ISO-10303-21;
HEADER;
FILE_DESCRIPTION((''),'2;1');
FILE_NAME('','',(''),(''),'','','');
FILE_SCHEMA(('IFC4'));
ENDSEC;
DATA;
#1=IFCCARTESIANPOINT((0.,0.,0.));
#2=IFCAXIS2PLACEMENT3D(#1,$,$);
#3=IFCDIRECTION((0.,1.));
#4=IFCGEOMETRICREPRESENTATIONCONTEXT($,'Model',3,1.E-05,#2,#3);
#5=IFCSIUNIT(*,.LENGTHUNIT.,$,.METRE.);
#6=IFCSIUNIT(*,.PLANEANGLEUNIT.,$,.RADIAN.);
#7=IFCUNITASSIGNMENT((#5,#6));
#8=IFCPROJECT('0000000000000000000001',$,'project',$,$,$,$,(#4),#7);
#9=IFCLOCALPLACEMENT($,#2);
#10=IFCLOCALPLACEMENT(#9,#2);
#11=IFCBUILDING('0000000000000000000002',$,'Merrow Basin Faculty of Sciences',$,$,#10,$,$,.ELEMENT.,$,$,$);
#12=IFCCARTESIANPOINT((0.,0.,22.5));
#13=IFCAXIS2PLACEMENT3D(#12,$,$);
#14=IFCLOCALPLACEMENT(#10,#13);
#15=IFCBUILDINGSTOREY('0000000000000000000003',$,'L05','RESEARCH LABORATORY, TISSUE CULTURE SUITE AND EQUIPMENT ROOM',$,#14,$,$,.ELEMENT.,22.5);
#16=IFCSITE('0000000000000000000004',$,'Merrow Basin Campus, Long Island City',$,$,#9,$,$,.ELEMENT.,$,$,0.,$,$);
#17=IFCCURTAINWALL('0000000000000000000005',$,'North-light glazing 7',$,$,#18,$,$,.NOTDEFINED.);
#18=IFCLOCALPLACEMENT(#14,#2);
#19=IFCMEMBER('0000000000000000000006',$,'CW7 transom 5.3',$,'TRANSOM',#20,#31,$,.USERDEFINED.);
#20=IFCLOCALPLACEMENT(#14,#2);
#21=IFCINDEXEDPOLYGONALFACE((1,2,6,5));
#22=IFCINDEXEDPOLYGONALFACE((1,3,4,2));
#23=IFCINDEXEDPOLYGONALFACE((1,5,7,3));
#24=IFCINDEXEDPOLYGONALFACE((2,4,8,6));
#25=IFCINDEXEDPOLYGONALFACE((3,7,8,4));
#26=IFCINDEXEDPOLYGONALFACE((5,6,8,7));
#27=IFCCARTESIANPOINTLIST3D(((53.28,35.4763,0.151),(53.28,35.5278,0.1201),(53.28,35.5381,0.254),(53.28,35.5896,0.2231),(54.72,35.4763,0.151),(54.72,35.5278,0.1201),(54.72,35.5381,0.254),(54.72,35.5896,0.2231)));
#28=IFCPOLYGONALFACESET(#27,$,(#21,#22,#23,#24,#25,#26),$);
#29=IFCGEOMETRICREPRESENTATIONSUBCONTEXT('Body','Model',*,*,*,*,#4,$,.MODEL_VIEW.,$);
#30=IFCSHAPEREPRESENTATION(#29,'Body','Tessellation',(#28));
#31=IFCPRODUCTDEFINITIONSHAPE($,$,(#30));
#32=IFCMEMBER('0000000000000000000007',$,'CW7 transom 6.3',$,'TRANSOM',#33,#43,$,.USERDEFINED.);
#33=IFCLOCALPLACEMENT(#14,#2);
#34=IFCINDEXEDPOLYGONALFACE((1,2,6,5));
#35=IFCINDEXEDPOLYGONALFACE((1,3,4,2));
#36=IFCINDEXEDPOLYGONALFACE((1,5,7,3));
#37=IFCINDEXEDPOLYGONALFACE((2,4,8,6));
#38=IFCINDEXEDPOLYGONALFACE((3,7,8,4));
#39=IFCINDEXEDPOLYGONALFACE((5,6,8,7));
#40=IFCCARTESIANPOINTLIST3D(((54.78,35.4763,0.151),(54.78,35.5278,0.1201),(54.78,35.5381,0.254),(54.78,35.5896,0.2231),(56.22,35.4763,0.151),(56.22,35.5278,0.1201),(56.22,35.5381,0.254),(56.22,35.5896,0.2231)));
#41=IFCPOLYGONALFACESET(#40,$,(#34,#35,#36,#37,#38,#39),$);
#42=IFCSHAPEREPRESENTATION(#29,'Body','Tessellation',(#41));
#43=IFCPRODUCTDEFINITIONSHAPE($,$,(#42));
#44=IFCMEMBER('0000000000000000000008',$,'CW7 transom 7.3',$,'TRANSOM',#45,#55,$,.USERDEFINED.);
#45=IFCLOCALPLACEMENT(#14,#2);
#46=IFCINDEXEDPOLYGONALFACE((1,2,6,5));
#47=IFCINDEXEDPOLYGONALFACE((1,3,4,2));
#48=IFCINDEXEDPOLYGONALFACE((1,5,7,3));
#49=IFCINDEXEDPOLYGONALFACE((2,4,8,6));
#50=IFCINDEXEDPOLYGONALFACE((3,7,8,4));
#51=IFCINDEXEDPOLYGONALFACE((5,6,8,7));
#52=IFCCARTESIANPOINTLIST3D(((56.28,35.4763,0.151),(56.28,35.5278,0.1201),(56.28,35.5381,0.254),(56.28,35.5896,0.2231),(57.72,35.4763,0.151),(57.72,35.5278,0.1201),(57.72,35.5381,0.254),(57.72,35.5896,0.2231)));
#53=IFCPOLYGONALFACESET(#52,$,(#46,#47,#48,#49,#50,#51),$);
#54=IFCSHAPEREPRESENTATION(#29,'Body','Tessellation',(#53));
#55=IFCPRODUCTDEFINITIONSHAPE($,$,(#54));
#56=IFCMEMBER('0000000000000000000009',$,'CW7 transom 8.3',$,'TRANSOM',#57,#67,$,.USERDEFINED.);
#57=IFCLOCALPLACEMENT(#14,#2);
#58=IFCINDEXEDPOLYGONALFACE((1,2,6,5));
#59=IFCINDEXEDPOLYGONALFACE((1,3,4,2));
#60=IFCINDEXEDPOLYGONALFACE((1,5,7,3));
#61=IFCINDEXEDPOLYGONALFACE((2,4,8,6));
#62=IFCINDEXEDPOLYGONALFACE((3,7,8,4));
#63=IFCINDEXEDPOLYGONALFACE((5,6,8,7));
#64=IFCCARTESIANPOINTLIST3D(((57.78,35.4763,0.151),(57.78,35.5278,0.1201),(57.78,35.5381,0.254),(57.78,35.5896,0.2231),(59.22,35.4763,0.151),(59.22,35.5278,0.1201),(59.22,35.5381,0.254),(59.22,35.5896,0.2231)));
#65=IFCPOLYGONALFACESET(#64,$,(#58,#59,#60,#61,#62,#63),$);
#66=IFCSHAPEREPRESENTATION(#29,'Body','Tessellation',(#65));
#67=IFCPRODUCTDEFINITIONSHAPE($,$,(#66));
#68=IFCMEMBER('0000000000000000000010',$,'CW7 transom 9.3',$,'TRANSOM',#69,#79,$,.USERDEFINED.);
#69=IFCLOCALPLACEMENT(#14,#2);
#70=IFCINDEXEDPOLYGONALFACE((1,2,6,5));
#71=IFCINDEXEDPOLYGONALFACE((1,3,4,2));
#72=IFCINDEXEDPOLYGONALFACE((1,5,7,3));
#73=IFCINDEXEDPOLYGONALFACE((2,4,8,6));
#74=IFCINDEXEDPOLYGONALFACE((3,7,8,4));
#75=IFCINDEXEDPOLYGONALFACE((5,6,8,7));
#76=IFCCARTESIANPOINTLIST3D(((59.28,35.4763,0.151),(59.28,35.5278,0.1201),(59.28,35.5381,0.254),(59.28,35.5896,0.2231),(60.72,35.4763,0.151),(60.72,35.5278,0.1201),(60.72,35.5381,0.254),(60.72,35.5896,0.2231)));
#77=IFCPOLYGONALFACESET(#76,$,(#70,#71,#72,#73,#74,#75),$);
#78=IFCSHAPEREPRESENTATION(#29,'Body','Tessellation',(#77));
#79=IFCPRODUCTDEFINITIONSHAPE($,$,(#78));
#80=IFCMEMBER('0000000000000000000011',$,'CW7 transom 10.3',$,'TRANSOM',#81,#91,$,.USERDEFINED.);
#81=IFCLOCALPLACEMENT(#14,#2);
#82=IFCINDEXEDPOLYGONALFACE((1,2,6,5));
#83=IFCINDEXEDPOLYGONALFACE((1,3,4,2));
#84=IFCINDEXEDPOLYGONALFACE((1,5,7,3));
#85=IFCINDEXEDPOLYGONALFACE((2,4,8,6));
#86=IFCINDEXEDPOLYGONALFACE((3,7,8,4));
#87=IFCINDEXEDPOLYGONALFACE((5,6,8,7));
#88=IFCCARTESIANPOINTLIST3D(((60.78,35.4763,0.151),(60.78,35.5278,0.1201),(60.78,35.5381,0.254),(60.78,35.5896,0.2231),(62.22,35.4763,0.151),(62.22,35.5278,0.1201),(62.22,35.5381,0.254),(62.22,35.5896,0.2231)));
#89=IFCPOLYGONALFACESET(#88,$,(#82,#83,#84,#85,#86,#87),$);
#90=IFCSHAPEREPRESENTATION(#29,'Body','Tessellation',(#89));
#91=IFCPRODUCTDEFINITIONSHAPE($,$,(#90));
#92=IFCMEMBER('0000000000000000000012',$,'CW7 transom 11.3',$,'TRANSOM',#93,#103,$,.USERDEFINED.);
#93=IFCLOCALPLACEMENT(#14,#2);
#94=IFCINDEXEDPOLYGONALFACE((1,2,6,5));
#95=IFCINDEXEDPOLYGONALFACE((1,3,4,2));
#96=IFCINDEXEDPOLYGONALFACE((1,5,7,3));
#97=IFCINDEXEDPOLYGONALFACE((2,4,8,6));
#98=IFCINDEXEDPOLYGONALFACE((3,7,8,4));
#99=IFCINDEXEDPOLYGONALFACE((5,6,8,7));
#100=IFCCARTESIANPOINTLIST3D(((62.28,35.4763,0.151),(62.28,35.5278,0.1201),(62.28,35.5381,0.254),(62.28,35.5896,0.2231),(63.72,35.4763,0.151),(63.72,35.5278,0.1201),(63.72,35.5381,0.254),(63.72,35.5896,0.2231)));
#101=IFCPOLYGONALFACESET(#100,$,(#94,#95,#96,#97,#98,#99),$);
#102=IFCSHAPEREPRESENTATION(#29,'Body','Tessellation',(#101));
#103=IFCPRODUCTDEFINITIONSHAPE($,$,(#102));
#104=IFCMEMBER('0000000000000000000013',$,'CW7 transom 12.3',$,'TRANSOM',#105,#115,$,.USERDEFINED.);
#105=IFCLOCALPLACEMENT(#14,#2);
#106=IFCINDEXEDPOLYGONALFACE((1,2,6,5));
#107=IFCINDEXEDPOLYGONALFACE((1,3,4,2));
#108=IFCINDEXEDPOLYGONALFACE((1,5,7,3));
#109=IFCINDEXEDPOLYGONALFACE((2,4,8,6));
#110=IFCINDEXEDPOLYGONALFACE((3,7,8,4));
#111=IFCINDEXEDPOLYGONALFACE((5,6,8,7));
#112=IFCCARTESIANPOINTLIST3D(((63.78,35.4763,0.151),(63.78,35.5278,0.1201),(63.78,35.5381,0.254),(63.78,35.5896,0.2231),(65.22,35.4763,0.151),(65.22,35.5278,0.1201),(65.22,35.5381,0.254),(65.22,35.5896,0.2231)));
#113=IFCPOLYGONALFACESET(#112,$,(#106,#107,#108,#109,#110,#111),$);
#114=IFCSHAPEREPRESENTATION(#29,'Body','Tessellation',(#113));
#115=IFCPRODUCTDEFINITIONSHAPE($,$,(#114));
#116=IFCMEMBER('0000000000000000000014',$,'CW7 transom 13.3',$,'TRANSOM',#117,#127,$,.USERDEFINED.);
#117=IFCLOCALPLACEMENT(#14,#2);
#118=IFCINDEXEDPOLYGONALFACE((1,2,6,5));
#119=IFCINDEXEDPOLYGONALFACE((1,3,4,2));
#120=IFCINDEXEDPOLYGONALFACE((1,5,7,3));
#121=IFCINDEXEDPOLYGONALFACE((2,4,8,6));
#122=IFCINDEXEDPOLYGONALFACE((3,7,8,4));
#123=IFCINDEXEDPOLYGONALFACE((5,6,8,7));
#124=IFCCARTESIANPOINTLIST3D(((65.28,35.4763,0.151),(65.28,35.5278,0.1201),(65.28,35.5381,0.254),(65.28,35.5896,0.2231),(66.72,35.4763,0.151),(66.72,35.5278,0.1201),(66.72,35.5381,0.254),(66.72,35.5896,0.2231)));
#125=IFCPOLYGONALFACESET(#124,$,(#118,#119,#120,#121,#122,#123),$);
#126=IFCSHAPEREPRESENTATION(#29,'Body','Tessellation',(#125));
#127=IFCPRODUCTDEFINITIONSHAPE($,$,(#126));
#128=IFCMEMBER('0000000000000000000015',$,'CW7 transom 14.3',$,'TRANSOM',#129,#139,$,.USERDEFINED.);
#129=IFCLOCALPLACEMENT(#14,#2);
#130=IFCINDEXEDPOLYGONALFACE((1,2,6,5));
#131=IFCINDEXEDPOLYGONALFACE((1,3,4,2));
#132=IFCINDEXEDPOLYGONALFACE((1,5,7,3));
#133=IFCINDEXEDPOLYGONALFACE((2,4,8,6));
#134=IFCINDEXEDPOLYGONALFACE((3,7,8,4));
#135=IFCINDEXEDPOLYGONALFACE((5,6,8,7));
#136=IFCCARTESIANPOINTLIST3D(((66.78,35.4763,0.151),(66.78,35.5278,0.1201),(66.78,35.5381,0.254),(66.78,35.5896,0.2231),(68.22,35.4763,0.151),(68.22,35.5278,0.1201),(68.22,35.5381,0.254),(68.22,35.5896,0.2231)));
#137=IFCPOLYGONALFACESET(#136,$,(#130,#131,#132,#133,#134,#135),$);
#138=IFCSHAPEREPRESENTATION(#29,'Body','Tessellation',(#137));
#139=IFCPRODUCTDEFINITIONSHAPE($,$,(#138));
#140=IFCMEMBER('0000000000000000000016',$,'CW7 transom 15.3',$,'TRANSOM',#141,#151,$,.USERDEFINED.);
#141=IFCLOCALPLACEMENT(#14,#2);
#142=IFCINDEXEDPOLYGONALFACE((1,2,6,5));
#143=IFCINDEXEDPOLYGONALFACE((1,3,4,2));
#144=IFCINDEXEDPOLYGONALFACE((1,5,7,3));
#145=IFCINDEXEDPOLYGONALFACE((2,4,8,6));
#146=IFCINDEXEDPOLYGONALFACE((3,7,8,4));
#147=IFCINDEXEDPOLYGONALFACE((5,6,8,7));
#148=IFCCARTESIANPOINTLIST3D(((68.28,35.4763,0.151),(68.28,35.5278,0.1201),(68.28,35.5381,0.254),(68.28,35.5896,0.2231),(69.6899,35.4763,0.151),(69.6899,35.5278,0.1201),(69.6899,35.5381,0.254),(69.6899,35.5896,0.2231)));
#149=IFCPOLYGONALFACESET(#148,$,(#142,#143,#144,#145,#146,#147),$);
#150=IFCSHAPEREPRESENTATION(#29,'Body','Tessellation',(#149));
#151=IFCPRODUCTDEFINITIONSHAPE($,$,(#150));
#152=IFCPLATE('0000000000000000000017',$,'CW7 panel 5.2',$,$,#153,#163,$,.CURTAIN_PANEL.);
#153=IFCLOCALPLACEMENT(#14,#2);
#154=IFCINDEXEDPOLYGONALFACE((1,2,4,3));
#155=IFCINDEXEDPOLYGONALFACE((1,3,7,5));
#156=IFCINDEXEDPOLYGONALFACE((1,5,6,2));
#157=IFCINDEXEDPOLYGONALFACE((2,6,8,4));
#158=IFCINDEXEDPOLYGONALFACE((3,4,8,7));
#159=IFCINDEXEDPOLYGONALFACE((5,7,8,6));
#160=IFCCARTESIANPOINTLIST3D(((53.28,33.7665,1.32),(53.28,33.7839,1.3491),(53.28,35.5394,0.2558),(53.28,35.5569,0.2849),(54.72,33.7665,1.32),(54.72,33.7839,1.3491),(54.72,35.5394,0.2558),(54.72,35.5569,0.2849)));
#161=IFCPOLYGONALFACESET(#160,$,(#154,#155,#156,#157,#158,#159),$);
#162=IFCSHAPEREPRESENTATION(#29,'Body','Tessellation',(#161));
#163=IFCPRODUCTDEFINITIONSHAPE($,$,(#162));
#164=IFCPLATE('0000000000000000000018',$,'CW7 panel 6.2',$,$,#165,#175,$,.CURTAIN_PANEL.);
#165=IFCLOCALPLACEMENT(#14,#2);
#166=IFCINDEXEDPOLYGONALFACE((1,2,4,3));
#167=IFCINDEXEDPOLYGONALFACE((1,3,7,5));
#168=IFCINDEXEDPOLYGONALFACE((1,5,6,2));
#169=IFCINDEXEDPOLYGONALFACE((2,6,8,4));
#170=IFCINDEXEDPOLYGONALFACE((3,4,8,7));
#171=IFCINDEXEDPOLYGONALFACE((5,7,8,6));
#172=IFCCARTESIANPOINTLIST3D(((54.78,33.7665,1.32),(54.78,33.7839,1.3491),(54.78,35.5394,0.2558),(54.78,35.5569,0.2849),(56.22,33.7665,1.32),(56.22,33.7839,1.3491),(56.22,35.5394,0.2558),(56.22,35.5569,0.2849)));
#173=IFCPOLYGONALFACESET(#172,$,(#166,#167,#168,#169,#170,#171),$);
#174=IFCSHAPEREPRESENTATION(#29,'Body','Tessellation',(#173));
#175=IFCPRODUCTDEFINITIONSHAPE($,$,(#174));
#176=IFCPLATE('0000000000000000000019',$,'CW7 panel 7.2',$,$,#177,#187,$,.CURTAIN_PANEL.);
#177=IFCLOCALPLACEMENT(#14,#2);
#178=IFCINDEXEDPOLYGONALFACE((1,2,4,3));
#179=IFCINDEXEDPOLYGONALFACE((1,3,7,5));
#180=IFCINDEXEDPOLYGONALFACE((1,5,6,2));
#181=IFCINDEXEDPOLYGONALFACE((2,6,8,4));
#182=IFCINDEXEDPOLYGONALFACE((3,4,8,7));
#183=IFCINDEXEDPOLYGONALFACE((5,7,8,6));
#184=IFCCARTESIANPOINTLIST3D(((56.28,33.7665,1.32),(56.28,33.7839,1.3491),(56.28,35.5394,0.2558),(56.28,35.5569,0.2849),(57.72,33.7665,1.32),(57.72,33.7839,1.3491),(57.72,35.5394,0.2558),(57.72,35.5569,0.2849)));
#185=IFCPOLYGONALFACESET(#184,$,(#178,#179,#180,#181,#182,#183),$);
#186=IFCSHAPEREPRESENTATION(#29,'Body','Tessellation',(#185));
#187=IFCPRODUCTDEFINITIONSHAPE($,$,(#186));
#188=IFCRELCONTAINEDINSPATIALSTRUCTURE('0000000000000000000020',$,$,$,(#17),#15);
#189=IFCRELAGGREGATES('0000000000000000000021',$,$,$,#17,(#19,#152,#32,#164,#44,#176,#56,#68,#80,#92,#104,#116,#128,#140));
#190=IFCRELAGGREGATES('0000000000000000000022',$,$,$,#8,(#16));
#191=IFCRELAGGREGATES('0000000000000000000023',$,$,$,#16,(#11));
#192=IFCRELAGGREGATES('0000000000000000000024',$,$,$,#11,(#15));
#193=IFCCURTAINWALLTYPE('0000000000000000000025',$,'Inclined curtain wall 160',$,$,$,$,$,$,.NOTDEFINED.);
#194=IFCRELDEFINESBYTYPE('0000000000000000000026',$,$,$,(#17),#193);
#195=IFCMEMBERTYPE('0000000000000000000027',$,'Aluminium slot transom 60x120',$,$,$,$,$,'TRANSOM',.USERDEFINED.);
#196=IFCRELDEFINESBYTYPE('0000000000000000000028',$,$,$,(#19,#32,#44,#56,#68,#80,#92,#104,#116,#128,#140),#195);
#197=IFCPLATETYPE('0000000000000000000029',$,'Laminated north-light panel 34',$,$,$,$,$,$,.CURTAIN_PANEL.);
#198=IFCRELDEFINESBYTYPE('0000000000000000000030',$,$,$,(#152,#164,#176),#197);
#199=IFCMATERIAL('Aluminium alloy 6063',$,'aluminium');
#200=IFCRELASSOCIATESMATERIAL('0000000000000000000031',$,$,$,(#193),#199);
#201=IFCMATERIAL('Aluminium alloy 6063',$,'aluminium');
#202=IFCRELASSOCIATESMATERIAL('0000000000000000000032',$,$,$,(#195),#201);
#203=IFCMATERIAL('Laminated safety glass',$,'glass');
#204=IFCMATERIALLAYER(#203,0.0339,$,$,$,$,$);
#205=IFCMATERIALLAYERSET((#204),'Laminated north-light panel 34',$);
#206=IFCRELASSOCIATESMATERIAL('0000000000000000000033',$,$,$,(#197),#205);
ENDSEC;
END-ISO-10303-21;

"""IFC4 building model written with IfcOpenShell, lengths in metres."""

from ifc_helpers import new_model, si_unit, direction, frame, origin, origin_2d, place, context, subcontext, project, spatial, polyline, rectangle, outline, extrude, material, layer, layer_set, material_profile, profile_set, type_object, element, aggregate, save


model = new_model("IFC4")

# Units and contexts
model_context = context("Model", 3, precision=1e-05, world=origin(), true_north=direction((0.0, 1.0)))
body_context = subcontext(model_context, "Body", "Model", "MODEL_VIEW")
ifc_project = project(units=[si_unit("LENGTHUNIT", "METRE"), si_unit("PLANEANGLEUNIT", "RADIAN")], contexts=[model_context])

# Site, building, storey
site_placement = place(None, origin())
site = spatial("IfcSite", under=ifc_project, at=site_placement, Name="Merrow Basin Campus, Long Island City", CompositionType="ELEMENT", RefElevation=0.0)
building_placement = place(site_placement, origin())
building = spatial("IfcBuilding", under=site, at=building_placement, Name="Merrow Basin Faculty of Sciences", CompositionType="ELEMENT")
storey_placement = place(building_placement, frame((0.0, 0.0, 22.5)))
storey = spatial("IfcBuildingStorey", under=building, at=storey_placement, Name="L05", Description="RESEARCH LABORATORY, TISSUE CULTURE SUITE AND EQUIPMENT ROOM", CompositionType="ELEMENT", Elevation=22.5)

# Curtain wall, members, plates
ifc_material_1 = material(Name="Aluminium alloy 6063", Category="aluminium")
curtain_wall_type = type_object("IfcCurtainWallType", Name="Inclined curtain wall 160", PredefinedType="NOTDEFINED", material=ifc_material_1)
curtain_wall_placement = place(storey_placement, origin())
curtain_wall = element("IfcCurtainWall", 1, at=curtain_wall_placement, inside=storey, type_object=curtain_wall_type, Name="North-light glazing 7", PredefinedType="NOTDEFINED")
ifc_material_2 = material(Name="Aluminium alloy 6063", Category="aluminium")
ifc_material_profile = material_profile(ifc_material_2, rectangle(XDim=0.0601, YDim=0.1201, at=origin_2d()))
ifc_profile_set = profile_set([ifc_material_profile], Name="Aluminium alloy 6063")
member_type = type_object("IfcMemberType", Name="Aluminium slot transom 60x120", ElementType="TRANSOM", PredefinedType="USERDEFINED", material=ifc_profile_set)
member_1_placement = place(storey_placement, frame((53.28, 35.533, 0.187), z_axis=(1.0, 0.0, 0.0), x_axis=(0.0, 0.857493, -0.514496)))
member_1 = element("IfcMember", 2, at=member_1_placement, type_object=member_type, Name="CW7 transom 5.3", ObjectType="TRANSOM", PredefinedType="USERDEFINED", context=body_context, shape_type="SweptSolid", body=[
    extrude(rectangle(XDim=0.0601, YDim=0.1201, at=origin_2d()), origin(), (0.0, 0.0, 1.0), 1.4399),
])
member_2_placement = place(storey_placement, frame((54.78, 35.533, 0.187), z_axis=(1.0, 0.0, 0.0), x_axis=(0.0, 0.857493, -0.514496)))
member_2 = element("IfcMember", 3, at=member_2_placement, type_object=member_type, Name="CW7 transom 6.3", ObjectType="TRANSOM", PredefinedType="USERDEFINED", context=body_context, shape_type="SweptSolid", body=[
    extrude(rectangle(XDim=0.0601, YDim=0.1201, at=origin_2d()), origin(), (0.0, 0.0, 1.0), 1.4399),
])
member_3_placement = place(storey_placement, frame((56.28, 35.533, 0.187), z_axis=(1.0, 0.0, 0.0), x_axis=(0.0, 0.857493, -0.514496)))
member_3 = element("IfcMember", 4, at=member_3_placement, type_object=member_type, Name="CW7 transom 7.3", ObjectType="TRANSOM", PredefinedType="USERDEFINED", context=body_context, shape_type="SweptSolid", body=[
    extrude(rectangle(XDim=0.0601, YDim=0.1201, at=origin_2d()), origin(), (0.0, 0.0, 1.0), 1.4399),
])
member_4_placement = place(storey_placement, frame((57.78, 35.533, 0.187), z_axis=(1.0, 0.0, 0.0), x_axis=(0.0, 0.857493, -0.514496)))
member_4 = element("IfcMember", 5, at=member_4_placement, type_object=member_type, Name="CW7 transom 8.3", ObjectType="TRANSOM", PredefinedType="USERDEFINED", context=body_context, shape_type="SweptSolid", body=[
    extrude(rectangle(XDim=0.0601, YDim=0.1201, at=origin_2d()), origin(), (0.0, 0.0, 1.0), 1.4399),
])
member_5_placement = place(storey_placement, frame((59.28, 35.533, 0.187), z_axis=(1.0, 0.0, 0.0), x_axis=(0.0, 0.857493, -0.514496)))
member_5 = element("IfcMember", 6, at=member_5_placement, type_object=member_type, Name="CW7 transom 9.3", ObjectType="TRANSOM", PredefinedType="USERDEFINED", context=body_context, shape_type="SweptSolid", body=[
    extrude(rectangle(XDim=0.0601, YDim=0.1201, at=origin_2d()), origin(), (0.0, 0.0, 1.0), 1.4399),
])
member_6_placement = place(storey_placement, frame((60.78, 35.533, 0.187), z_axis=(1.0, 0.0, 0.0), x_axis=(0.0, 0.857493, -0.514496)))
member_6 = element("IfcMember", 7, at=member_6_placement, type_object=member_type, Name="CW7 transom 10.3", ObjectType="TRANSOM", PredefinedType="USERDEFINED", context=body_context, shape_type="SweptSolid", body=[
    extrude(rectangle(XDim=0.0601, YDim=0.1201, at=origin_2d()), origin(), (0.0, 0.0, 1.0), 1.4399),
])
member_7_placement = place(storey_placement, frame((62.28, 35.533, 0.187), z_axis=(1.0, 0.0, 0.0), x_axis=(0.0, 0.857493, -0.514496)))
member_7 = element("IfcMember", 8, at=member_7_placement, type_object=member_type, Name="CW7 transom 11.3", ObjectType="TRANSOM", PredefinedType="USERDEFINED", context=body_context, shape_type="SweptSolid", body=[
    extrude(rectangle(XDim=0.0601, YDim=0.1201, at=origin_2d()), origin(), (0.0, 0.0, 1.0), 1.4399),
])
member_8_placement = place(storey_placement, frame((63.78, 35.533, 0.187), z_axis=(1.0, 0.0, 0.0), x_axis=(0.0, 0.857493, -0.514496)))
member_8 = element("IfcMember", 9, at=member_8_placement, type_object=member_type, Name="CW7 transom 12.3", ObjectType="TRANSOM", PredefinedType="USERDEFINED", context=body_context, shape_type="SweptSolid", body=[
    extrude(rectangle(XDim=0.0601, YDim=0.1201, at=origin_2d()), origin(), (0.0, 0.0, 1.0), 1.4399),
])
member_9_placement = place(storey_placement, frame((65.28, 35.533, 0.187), z_axis=(1.0, 0.0, 0.0), x_axis=(0.0, 0.857493, -0.514496)))
member_9 = element("IfcMember", 10, at=member_9_placement, type_object=member_type, Name="CW7 transom 13.3", ObjectType="TRANSOM", PredefinedType="USERDEFINED", context=body_context, shape_type="SweptSolid", body=[
    extrude(rectangle(XDim=0.0601, YDim=0.1201, at=origin_2d()), origin(), (0.0, 0.0, 1.0), 1.4399),
])
member_10_placement = place(storey_placement, frame((66.78, 35.533, 0.187), z_axis=(1.0, 0.0, 0.0), x_axis=(0.0, 0.857493, -0.514496)))
member_10 = element("IfcMember", 11, at=member_10_placement, type_object=member_type, Name="CW7 transom 14.3", ObjectType="TRANSOM", PredefinedType="USERDEFINED", context=body_context, shape_type="SweptSolid", body=[
    extrude(rectangle(XDim=0.0601, YDim=0.1201, at=origin_2d()), origin(), (0.0, 0.0, 1.0), 1.4399),
])
member_11_placement = place(storey_placement, frame((68.28, 35.533, 0.187), z_axis=(1.0, 0.0, 0.0), x_axis=(0.0, 0.857493, -0.514496)))
member_11 = element("IfcMember", 12, at=member_11_placement, type_object=member_type, Name="CW7 transom 15.3", ObjectType="TRANSOM", PredefinedType="USERDEFINED", context=body_context, shape_type="SweptSolid", body=[
    extrude(rectangle(XDim=0.0601, YDim=0.1201, at=origin_2d()), origin(), (0.0, 0.0, 1.0), 1.4099),
])
ifc_material_3 = material(Name="Laminated safety glass", Category="glass")
ifc_layer = layer(ifc_material_3, 0.0339)
ifc_layer_set = layer_set([ifc_layer], Name="Laminated north-light panel 34")
plate_type = type_object("IfcPlateType", Name="Laminated north-light panel 34", PredefinedType="CURTAIN_PANEL", material=ifc_layer_set)
plate_1_placement = place(storey_placement, frame((53.28, 33.7839, 1.3491), z_axis=(0.0, 0.514652, 0.857399), x_axis=(1.0, 0.0, 0.0)))
plate_1 = element("IfcPlate", 13, at=plate_1_placement, type_object=plate_type, Name="CW7 panel 5.2", PredefinedType="CURTAIN_PANEL", context=body_context, shape_type="SweptSolid", body=[
    extrude(outline(polyline([(0.0, 0.0), (1.4399, 0.0), (1.4399, 2.0678), (0.0, 2.0678), (0.0, 0.0)])), origin(), (0.0, 0.0, -1.0), 0.0339),
])
plate_2_placement = place(storey_placement, frame((54.78, 33.7839, 1.3491), z_axis=(0.0, 0.514652, 0.857399), x_axis=(1.0, 0.0, 0.0)))
plate_2 = element("IfcPlate", 14, at=plate_2_placement, type_object=plate_type, Name="CW7 panel 6.2", PredefinedType="CURTAIN_PANEL", context=body_context, shape_type="SweptSolid", body=[
    extrude(outline(polyline([(0.0, 0.0), (1.4399, 0.0), (1.4399, 2.0678), (0.0, 2.0678), (0.0, 0.0)])), origin(), (0.0, 0.0, -1.0), 0.0339),
])
plate_3_placement = place(storey_placement, frame((56.28, 33.7839, 1.3491), z_axis=(0.0, 0.514652, 0.857399), x_axis=(1.0, 0.0, 0.0)))
plate_3 = element("IfcPlate", 15, at=plate_3_placement, type_object=plate_type, Name="CW7 panel 7.2", PredefinedType="CURTAIN_PANEL", context=body_context, shape_type="SweptSolid", body=[
    extrude(outline(polyline([(0.0, 0.0), (1.4399, 0.0), (1.4399, 2.0678), (0.0, 2.0678), (0.0, 0.0)])), origin(), (0.0, 0.0, -1.0), 0.0339),
])
aggregate(curtain_wall, [member_1, plate_1, member_2, plate_2, member_3, plate_3, member_4, member_5, member_6, member_7, member_8, member_9, member_10, member_11])

save(model, "model.ifc")
